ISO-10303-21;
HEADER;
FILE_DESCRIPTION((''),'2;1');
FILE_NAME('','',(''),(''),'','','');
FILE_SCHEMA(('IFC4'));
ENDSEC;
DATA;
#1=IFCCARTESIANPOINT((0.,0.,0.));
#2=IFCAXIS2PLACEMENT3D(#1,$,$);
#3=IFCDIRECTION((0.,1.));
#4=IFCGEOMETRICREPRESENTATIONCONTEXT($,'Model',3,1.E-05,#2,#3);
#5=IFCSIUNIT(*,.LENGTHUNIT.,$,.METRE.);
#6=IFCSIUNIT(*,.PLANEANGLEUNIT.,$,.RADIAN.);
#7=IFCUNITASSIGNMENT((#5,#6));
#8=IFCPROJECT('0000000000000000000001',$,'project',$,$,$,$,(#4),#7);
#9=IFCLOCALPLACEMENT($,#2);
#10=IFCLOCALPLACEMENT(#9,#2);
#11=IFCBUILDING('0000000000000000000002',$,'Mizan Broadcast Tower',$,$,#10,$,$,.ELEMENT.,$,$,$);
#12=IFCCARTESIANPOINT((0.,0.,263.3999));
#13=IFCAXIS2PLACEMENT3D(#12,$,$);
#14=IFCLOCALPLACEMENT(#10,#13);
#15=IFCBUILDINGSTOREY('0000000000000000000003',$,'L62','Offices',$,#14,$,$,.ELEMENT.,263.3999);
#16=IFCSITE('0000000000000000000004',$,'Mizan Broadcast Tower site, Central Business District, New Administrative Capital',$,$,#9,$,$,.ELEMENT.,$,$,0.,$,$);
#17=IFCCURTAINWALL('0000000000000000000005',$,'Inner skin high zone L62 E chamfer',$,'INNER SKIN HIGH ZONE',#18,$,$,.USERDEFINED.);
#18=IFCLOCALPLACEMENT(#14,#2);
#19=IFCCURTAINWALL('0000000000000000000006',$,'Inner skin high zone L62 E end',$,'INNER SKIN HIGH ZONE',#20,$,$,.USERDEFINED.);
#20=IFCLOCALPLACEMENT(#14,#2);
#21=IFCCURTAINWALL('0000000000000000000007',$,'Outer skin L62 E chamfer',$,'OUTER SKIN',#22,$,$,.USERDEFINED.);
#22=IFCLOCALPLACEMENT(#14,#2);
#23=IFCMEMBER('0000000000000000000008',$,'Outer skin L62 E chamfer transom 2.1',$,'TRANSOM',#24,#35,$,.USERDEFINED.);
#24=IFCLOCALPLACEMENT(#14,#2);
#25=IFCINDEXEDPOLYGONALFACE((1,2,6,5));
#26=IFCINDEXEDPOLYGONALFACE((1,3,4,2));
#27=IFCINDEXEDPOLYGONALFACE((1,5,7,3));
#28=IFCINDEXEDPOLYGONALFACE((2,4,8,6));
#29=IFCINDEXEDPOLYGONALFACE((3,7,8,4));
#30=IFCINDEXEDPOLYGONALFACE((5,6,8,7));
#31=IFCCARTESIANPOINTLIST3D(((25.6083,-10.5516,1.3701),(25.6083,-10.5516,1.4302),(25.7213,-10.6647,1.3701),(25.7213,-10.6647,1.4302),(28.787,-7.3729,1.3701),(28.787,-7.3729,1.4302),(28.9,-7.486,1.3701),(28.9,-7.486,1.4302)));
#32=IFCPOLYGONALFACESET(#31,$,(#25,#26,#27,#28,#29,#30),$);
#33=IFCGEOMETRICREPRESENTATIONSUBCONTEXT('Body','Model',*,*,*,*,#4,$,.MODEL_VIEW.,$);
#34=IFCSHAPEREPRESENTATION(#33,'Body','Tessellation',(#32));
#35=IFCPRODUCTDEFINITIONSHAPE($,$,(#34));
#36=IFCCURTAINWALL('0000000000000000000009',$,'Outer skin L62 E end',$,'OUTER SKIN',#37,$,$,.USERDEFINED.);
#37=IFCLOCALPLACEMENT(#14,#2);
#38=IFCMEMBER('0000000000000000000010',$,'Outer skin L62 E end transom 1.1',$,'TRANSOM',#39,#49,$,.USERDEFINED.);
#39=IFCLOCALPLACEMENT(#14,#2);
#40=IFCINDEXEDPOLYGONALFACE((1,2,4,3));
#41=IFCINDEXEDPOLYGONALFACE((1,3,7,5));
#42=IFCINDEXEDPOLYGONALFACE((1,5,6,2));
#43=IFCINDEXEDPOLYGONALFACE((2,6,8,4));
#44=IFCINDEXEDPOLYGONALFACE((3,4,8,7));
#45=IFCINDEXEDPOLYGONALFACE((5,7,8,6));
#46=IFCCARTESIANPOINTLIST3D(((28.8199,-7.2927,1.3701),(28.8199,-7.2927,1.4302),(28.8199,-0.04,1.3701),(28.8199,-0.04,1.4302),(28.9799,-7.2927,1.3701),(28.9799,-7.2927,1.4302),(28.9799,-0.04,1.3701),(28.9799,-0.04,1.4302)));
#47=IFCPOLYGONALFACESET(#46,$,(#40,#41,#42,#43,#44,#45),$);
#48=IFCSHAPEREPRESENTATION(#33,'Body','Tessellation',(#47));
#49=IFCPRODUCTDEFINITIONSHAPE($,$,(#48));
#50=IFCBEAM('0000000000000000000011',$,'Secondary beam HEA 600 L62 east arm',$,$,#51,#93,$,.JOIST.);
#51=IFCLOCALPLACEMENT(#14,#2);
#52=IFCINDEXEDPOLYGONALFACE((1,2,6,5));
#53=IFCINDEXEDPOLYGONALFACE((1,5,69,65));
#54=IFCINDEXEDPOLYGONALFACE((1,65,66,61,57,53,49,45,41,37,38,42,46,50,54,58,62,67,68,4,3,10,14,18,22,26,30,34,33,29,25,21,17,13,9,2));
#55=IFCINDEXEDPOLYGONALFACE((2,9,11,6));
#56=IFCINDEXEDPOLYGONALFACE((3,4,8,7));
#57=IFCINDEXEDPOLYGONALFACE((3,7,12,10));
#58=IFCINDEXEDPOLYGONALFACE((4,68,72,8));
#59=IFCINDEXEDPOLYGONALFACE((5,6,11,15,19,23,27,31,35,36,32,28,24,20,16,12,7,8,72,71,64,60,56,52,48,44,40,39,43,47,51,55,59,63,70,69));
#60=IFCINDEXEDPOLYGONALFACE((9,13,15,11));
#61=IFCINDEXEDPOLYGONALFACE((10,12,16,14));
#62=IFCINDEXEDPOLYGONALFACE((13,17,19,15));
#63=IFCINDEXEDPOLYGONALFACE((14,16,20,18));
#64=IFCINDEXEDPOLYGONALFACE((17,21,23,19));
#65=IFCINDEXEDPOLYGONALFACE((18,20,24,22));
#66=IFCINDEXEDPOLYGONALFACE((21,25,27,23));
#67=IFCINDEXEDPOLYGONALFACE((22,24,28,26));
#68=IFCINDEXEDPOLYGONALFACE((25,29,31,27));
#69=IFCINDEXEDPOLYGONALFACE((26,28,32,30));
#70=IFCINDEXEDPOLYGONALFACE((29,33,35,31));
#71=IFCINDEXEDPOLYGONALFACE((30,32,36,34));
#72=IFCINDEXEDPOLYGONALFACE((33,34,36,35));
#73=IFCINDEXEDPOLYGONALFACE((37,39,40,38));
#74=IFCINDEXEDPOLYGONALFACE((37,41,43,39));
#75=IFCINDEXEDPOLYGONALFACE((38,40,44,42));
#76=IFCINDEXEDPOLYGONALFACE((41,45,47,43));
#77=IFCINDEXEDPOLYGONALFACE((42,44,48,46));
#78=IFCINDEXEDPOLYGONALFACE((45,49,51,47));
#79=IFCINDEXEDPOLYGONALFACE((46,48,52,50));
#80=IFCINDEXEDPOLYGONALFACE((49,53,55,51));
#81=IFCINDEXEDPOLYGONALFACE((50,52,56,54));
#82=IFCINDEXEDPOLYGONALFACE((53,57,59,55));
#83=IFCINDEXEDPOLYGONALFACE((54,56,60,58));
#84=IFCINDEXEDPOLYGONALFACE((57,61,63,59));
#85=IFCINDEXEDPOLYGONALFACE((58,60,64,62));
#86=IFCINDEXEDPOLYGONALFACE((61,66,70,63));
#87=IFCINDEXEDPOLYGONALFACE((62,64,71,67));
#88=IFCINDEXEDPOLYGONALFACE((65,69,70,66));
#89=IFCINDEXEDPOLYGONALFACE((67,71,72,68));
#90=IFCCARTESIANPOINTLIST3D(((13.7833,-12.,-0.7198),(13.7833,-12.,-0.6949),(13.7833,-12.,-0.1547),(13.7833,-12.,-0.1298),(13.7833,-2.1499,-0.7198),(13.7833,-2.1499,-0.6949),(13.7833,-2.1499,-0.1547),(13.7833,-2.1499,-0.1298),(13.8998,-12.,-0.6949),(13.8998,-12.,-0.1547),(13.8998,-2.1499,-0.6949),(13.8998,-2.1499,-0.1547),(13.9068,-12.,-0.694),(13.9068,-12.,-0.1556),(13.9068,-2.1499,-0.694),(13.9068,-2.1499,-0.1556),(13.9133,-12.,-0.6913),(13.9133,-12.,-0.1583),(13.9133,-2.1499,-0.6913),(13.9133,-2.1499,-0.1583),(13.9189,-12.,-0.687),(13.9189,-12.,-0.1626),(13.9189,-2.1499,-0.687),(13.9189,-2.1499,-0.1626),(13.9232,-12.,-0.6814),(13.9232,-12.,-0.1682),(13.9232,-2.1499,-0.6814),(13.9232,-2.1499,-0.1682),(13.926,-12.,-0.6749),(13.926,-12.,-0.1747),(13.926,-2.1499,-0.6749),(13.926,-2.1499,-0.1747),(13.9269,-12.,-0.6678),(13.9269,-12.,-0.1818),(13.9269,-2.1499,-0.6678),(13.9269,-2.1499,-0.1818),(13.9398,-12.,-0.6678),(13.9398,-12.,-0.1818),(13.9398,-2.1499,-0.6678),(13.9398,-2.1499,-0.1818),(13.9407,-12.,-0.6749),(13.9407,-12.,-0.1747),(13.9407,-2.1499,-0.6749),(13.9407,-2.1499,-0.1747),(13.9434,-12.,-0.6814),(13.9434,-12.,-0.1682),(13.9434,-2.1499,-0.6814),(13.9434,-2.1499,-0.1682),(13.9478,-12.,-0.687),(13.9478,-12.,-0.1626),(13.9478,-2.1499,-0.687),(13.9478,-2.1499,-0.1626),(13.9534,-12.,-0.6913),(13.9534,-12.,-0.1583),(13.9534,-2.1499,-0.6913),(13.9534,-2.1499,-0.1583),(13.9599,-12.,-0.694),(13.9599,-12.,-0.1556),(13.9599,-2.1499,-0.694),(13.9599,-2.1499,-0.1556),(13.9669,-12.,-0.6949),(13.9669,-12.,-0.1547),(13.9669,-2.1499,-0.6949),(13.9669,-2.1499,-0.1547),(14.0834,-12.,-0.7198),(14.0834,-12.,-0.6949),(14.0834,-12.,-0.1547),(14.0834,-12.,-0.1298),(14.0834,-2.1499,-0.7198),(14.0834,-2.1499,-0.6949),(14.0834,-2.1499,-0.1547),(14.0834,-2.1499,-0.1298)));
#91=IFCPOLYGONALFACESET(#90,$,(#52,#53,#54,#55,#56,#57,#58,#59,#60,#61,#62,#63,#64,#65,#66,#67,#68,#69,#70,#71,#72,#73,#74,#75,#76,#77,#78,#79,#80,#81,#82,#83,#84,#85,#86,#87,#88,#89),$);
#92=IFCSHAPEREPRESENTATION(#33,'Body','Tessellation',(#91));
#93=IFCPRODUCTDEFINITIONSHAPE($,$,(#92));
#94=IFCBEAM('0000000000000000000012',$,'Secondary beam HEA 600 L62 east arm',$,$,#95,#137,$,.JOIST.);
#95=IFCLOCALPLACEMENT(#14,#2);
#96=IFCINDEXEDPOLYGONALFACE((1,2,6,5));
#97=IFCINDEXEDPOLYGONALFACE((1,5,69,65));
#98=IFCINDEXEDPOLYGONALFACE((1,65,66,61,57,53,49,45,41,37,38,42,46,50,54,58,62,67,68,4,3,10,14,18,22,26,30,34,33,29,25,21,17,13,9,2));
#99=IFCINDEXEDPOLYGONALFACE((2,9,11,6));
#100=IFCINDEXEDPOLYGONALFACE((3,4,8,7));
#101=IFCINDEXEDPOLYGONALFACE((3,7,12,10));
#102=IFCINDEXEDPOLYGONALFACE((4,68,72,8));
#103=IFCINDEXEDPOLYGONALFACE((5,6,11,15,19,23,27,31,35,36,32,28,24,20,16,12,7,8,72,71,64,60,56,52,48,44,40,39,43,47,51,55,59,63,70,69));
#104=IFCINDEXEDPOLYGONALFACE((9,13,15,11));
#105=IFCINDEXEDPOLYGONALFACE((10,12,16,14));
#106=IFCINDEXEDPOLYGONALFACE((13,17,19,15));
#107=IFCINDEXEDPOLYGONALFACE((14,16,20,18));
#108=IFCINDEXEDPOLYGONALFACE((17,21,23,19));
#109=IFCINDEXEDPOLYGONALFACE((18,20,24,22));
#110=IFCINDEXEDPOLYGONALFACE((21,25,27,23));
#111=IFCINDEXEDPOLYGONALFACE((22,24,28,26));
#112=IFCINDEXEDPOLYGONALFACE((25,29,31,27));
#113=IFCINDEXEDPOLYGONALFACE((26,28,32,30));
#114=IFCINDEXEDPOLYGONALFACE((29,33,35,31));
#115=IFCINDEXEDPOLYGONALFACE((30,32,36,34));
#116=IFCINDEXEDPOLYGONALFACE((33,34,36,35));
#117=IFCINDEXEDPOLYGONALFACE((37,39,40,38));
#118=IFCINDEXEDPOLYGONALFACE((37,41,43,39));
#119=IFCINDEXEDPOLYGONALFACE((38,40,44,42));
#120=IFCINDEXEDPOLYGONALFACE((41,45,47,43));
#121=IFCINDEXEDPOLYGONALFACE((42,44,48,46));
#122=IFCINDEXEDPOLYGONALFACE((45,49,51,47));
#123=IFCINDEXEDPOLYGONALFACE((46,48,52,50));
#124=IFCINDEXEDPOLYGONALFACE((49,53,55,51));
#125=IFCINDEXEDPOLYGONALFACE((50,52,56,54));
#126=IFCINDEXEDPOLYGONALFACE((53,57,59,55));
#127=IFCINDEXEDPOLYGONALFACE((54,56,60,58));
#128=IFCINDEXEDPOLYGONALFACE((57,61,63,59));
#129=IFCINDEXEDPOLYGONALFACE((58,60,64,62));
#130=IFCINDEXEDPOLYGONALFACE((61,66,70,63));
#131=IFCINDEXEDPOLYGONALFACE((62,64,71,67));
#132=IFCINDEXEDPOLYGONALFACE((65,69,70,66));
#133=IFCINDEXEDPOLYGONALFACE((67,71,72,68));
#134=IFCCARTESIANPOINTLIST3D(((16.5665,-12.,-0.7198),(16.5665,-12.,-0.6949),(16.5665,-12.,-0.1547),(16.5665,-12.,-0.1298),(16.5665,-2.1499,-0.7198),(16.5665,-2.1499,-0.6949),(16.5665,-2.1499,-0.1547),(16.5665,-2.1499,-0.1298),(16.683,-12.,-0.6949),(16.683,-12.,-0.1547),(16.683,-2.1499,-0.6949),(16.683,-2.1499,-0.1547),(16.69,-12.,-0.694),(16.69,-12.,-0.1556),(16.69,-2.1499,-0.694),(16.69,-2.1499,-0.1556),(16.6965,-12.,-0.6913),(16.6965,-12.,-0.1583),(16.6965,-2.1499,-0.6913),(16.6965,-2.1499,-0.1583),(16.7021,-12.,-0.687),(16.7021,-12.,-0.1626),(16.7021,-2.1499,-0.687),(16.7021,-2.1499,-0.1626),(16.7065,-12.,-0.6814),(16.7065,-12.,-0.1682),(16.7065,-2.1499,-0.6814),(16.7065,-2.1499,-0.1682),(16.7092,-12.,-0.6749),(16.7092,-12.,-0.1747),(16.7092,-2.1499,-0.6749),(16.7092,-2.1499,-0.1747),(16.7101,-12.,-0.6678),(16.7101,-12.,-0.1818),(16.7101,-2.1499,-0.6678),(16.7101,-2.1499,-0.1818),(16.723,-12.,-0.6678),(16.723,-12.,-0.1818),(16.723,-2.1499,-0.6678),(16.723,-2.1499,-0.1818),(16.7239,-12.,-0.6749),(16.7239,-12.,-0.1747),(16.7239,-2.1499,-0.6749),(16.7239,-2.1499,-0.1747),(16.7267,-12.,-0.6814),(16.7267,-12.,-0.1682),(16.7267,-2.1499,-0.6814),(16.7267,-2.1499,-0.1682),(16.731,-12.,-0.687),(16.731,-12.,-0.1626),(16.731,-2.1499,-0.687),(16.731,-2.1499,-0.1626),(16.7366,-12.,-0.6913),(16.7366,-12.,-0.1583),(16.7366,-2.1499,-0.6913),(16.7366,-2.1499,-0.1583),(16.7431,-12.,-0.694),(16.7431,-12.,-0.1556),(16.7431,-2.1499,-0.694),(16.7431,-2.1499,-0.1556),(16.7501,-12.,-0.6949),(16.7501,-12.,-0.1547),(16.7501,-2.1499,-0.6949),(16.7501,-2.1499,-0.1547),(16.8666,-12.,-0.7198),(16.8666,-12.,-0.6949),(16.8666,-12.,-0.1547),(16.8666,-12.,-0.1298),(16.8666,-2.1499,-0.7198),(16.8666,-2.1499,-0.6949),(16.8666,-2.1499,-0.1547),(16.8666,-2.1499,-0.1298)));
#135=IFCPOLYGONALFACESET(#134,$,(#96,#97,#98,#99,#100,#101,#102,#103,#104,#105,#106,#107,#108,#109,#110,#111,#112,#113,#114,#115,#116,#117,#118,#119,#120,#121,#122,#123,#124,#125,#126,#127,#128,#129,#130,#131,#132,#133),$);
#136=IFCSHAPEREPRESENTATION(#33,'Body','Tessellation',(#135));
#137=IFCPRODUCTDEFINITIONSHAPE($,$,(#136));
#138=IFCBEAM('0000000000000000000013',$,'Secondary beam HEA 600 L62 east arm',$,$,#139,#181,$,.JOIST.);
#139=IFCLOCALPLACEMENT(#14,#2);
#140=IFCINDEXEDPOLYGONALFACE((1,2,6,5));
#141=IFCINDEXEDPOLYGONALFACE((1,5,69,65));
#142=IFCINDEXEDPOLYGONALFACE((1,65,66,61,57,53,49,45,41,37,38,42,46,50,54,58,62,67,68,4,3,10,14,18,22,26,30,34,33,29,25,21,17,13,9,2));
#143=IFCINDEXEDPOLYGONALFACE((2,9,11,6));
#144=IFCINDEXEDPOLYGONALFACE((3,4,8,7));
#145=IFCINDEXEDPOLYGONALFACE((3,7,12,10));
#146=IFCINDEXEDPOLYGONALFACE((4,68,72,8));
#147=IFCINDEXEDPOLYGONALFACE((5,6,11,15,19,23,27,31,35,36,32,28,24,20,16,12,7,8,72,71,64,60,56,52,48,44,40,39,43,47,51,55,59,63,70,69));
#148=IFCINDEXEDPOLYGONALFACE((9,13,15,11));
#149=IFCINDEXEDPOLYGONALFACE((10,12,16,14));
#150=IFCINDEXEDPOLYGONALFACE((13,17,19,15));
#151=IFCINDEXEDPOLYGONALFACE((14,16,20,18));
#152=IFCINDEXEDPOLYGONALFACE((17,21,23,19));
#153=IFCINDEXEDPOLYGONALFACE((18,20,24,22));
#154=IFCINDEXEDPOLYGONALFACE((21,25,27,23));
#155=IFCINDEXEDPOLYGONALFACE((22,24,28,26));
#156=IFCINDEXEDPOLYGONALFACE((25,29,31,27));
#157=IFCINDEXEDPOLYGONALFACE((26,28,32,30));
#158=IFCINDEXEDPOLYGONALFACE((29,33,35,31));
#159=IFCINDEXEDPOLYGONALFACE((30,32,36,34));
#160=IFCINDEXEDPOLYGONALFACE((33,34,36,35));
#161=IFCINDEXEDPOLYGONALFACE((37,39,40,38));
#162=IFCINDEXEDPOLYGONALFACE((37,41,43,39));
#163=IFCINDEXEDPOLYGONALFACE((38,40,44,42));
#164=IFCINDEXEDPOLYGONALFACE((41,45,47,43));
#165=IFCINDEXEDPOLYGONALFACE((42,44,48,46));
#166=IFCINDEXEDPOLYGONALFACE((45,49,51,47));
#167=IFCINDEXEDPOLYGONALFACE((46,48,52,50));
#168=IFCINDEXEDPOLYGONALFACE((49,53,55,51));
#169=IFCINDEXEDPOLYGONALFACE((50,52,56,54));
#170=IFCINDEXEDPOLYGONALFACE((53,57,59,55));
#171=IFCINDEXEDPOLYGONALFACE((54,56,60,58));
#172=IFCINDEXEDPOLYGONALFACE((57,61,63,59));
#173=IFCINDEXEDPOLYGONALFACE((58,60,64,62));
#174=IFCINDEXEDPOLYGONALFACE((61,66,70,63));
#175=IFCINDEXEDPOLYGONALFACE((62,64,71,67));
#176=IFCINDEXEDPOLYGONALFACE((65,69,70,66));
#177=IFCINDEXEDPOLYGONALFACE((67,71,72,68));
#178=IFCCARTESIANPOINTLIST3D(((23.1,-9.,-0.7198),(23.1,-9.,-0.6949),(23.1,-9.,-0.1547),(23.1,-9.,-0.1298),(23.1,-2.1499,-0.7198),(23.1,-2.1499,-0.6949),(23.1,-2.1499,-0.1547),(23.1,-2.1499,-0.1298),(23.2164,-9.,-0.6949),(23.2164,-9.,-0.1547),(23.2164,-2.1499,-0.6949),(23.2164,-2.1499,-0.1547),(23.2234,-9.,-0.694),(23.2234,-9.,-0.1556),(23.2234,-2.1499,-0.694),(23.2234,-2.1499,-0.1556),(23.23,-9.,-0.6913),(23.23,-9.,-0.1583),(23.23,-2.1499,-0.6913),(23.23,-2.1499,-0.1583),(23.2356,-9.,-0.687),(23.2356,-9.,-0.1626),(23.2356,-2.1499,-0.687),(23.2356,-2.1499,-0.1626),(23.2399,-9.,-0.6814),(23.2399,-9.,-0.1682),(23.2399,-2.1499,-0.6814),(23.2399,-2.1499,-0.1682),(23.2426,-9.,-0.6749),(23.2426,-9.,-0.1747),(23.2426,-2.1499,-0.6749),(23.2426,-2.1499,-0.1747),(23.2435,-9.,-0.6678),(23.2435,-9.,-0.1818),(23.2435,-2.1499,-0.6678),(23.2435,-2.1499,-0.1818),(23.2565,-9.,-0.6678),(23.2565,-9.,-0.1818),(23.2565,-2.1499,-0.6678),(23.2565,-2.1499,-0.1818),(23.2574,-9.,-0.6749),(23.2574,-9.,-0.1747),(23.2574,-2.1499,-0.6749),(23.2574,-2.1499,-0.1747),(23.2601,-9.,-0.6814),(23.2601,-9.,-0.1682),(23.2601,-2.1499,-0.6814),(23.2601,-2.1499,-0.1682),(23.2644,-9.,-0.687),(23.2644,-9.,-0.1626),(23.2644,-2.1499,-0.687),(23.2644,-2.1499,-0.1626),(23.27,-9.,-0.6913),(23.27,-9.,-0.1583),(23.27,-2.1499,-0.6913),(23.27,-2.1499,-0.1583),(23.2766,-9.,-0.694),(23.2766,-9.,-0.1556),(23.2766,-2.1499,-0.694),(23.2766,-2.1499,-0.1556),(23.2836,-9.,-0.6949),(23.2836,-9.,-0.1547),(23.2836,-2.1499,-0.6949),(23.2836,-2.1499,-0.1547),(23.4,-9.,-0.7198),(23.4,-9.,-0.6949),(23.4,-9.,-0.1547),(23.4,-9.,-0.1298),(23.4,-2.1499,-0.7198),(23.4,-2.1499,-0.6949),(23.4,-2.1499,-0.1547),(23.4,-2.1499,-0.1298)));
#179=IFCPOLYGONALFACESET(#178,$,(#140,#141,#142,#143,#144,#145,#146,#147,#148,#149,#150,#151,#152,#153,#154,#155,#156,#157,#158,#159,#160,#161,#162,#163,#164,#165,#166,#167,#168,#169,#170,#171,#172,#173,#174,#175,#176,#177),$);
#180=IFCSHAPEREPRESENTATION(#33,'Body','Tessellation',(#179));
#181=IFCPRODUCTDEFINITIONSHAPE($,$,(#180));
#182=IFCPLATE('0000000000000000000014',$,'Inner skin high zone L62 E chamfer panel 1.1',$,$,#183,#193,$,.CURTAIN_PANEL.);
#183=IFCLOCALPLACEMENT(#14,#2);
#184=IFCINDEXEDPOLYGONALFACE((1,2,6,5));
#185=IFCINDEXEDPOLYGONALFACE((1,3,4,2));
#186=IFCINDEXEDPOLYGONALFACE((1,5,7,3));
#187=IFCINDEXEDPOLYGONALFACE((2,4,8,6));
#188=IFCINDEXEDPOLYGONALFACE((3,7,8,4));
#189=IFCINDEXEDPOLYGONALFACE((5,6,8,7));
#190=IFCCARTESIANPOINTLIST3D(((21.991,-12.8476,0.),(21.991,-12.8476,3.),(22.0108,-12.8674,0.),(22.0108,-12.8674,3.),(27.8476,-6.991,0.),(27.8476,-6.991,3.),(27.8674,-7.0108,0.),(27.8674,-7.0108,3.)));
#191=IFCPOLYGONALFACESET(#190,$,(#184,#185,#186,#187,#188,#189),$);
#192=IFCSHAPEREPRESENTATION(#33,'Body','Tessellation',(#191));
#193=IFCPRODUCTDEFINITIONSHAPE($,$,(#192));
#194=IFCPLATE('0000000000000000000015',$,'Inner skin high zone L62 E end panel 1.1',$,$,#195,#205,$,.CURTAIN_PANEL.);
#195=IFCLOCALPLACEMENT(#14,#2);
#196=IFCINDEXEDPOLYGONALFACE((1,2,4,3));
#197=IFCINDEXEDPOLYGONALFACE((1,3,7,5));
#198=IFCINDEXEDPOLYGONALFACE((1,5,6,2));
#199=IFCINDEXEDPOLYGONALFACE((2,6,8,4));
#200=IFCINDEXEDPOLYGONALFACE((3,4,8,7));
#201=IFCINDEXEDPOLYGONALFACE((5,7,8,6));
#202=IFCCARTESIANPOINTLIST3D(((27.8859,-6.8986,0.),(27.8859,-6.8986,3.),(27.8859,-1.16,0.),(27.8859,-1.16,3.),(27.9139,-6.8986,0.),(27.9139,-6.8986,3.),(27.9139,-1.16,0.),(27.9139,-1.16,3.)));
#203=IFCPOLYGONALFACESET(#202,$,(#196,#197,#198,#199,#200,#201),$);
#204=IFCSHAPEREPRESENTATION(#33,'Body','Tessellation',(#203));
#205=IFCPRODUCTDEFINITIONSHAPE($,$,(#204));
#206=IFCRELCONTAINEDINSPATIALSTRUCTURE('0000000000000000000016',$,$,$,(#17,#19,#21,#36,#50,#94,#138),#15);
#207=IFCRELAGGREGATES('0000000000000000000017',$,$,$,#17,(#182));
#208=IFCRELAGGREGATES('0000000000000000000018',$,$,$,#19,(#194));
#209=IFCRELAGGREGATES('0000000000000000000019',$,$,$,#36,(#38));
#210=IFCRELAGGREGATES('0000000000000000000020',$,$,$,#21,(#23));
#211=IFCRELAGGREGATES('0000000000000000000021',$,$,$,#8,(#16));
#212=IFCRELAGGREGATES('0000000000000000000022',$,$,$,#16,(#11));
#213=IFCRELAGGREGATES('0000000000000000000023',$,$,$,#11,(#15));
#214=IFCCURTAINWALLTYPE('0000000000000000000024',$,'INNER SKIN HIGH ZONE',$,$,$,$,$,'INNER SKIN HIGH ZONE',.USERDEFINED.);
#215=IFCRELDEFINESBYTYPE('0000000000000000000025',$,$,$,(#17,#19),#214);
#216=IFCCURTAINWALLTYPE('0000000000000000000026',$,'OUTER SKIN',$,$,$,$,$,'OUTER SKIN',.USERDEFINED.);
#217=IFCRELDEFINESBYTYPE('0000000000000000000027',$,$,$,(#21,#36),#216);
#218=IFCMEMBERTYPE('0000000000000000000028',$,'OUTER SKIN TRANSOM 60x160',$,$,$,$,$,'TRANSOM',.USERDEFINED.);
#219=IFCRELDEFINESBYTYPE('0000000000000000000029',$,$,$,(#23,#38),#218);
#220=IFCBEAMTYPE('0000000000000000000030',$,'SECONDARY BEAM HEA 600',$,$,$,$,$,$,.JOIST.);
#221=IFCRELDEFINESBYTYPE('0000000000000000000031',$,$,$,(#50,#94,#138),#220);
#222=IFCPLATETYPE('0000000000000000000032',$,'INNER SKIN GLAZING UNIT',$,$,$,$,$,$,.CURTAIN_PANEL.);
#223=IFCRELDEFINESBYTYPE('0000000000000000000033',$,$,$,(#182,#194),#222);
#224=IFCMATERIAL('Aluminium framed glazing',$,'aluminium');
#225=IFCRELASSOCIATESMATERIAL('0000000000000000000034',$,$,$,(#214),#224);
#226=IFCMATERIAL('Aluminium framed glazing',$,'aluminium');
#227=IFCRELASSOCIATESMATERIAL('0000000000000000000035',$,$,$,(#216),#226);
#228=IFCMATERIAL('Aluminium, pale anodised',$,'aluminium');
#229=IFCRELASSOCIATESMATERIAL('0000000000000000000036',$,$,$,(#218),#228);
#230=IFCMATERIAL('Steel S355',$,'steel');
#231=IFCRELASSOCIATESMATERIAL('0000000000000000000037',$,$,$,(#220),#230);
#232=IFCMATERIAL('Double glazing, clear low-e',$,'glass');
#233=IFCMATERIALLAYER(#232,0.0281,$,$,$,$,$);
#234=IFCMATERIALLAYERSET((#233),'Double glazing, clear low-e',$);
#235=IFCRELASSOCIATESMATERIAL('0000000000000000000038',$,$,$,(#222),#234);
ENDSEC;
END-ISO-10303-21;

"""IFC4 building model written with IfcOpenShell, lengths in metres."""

from ifc_helpers import new_model, si_unit, direction, frame, origin, origin_2d, place, context, subcontext, project, spatial, rectangle, i_section, extrude, material, layer, layer_set, material_profile, profile_set, type_object, element, aggregate, save


model = new_model("IFC4")

# Units and contexts
model_context = context("Model", 3, precision=1e-05, world=origin(), true_north=direction((0.0, 1.0)))
body_context = subcontext(model_context, "Body", "Model", "MODEL_VIEW")
ifc_project = project(units=[si_unit("LENGTHUNIT", "METRE"), si_unit("PLANEANGLEUNIT", "RADIAN")], contexts=[model_context])

# Site, building, storey
site_placement = place(None, origin())
site = spatial("IfcSite", under=ifc_project, at=site_placement, Name="Mizan Broadcast Tower site, Central Business District, New Administrative Capital", CompositionType="ELEMENT", RefElevation=0.0)
building_placement = place(site_placement, origin())
building = spatial("IfcBuilding", under=site, at=building_placement, Name="Mizan Broadcast Tower", CompositionType="ELEMENT")
storey_placement = place(building_placement, frame((0.0, 0.0, 263.3999)))
storey = spatial("IfcBuildingStorey", under=building, at=storey_placement, Name="L62", Description="Offices", CompositionType="ELEMENT", Elevation=263.3999)

# Curtain wall
ifc_material_1 = material(Name="Aluminium framed glazing", Category="aluminium")
curtain_wall_type_1 = type_object("IfcCurtainWallType", Name="INNER SKIN HIGH ZONE", ElementType="INNER SKIN HIGH ZONE", PredefinedType="USERDEFINED", material=ifc_material_1)
curtain_wall_1_placement = place(storey_placement, origin())
curtain_wall_1 = element("IfcCurtainWall", 1, at=curtain_wall_1_placement, inside=storey, type_object=curtain_wall_type_1, Name="Inner skin high zone L62 E chamfer", ObjectType="INNER SKIN HIGH ZONE", PredefinedType="USERDEFINED")

# Curtain walls, member
curtain_wall_2_placement = place(storey_placement, origin())
curtain_wall_2 = element("IfcCurtainWall", 2, at=curtain_wall_2_placement, inside=storey, type_object=curtain_wall_type_1, Name="Inner skin high zone L62 E end", ObjectType="INNER SKIN HIGH ZONE", PredefinedType="USERDEFINED")
ifc_material_2 = material(Name="Aluminium framed glazing", Category="aluminium")
curtain_wall_type_2 = type_object("IfcCurtainWallType", Name="OUTER SKIN", ElementType="OUTER SKIN", PredefinedType="USERDEFINED", material=ifc_material_2)
curtain_wall_3_placement = place(storey_placement, origin())
curtain_wall_3 = element("IfcCurtainWall", 3, at=curtain_wall_3_placement, inside=storey, type_object=curtain_wall_type_2, Name="Outer skin L62 E chamfer", ObjectType="OUTER SKIN", PredefinedType="USERDEFINED")
ifc_material_3 = material(Name="Aluminium, pale anodised", Category="aluminium")
ifc_material_profile_1 = material_profile(ifc_material_3, rectangle(XDim=0.1599, YDim=0.0601, at=origin_2d()), Name="TRANSOM 160x60")
ifc_profile_set_1 = profile_set([ifc_material_profile_1], Name="Aluminium, pale anodised")
member_type_1 = type_object("IfcMemberType", Name="OUTER SKIN TRANSOM 60x160", ElementType="TRANSOM", PredefinedType="USERDEFINED", material=ifc_profile_set_1)
member_1_placement = place(storey_placement, frame((25.6648, -10.6082, 1.4001), z_axis=(0.707107, 0.707107, 0.0), x_axis=(-0.707107, 0.707107, 0.0)))
member_1 = element("IfcMember", 4, at=member_1_placement, type_object=member_type_1, Name="Outer skin L62 E chamfer transom 2.1", ObjectType="TRANSOM", PredefinedType="USERDEFINED", context=body_context, shape_type="SweptSolid", body=[
    extrude(rectangle(XDim=0.1599, YDim=0.0601, at=origin_2d()), origin(), (0.0, 0.0, 1.0), 4.4954),
])

# Curtain wall, member
curtain_wall_4_placement = place(storey_placement, origin())
curtain_wall_4 = element("IfcCurtainWall", 5, at=curtain_wall_4_placement, inside=storey, type_object=curtain_wall_type_2, Name="Outer skin L62 E end", ObjectType="OUTER SKIN", PredefinedType="USERDEFINED")
member_2_placement = place(storey_placement, frame((28.8999, -7.2927, 1.4001), z_axis=(0.0, 1.0, 0.0), x_axis=(-1.0, 0.0, 0.0)))
member_2 = element("IfcMember", 6, at=member_2_placement, type_object=member_type_1, Name="Outer skin L62 E end transom 1.1", ObjectType="TRANSOM", PredefinedType="USERDEFINED", context=body_context, shape_type="SweptSolid", body=[
    extrude(rectangle(XDim=0.1599, YDim=0.0601, at=origin_2d()), origin(), (0.0, 0.0, 1.0), 7.2527),
])

# Beams
ifc_material_4 = material(Name="Steel S355", Category="steel")
ifc_material_profile_2 = material_profile(ifc_material_4, i_section(OverallWidth=0.3, OverallDepth=0.5901, WebThickness=0.0129, FlangeThickness=0.0249, FilletRadius=0.0271, at=origin_2d()), Name="HEA 600")
ifc_profile_set_2 = profile_set([ifc_material_profile_2], Name="Steel S355")
beam_type_1 = type_object("IfcBeamType", Name="SECONDARY BEAM HEA 600", PredefinedType="JOIST", material=ifc_profile_set_2)
for number, where, z_axis, x_axis, name in (
    (7, (13.9333, -12.0, -0.4248), (0.0, 1.0, 0.0), (-1.0, 0.0, 0.0), "Secondary beam HEA 600 L62 east arm"),
    (8, (16.7166, -12.0, -0.4248), (0.0, 1.0, 0.0), (-1.0, 0.0, 0.0), "Secondary beam HEA 600 L62 east arm"),
):
    element("IfcBeam", number, at=place(storey_placement, frame(where, z_axis=z_axis, x_axis=x_axis)), inside=storey, type_object=beam_type_1, Name=name, PredefinedType="JOIST", context=body_context, shape_type="SweptSolid", body=[
        extrude(i_section(OverallWidth=0.3, OverallDepth=0.5901, WebThickness=0.0129, FlangeThickness=0.0249, FilletRadius=0.0271, at=origin_2d()), origin(), (0.0, 0.0, 1.0), 9.8501),
    ])
beam_1_placement = place(storey_placement, frame((23.25, -9.0, -0.4248), z_axis=(0.0, 1.0, 0.0), x_axis=(-1.0, 0.0, 0.0)))
element("IfcBeam", 9, at=beam_1_placement, inside=storey, type_object=beam_type_1, Name="Secondary beam HEA 600 L62 east arm", PredefinedType="JOIST", context=body_context, shape_type="SweptSolid", body=[
    extrude(i_section(OverallWidth=0.3, OverallDepth=0.5901, WebThickness=0.0129, FlangeThickness=0.0249, FilletRadius=0.0271, at=origin_2d()), origin(), (0.0, 0.0, 1.0), 6.8501),
])

# Plates
ifc_material_5 = material(Name="Double glazing, clear low-e", Category="glass")
ifc_layer_1 = layer(ifc_material_5, 0.0281)
ifc_layer_set_1 = layer_set([ifc_layer_1], Name="Double glazing, clear low-e")
plate_type_1 = type_object("IfcPlateType", Name="INNER SKIN GLAZING UNIT", PredefinedType="CURTAIN_PANEL", material=ifc_layer_set_1)
plate_1_placement = place(storey_placement, frame((24.9292, -9.9292, 0.0), z_axis=(0.0, 0.0, 1.0), x_axis=(0.707107, 0.707107, 0.0)))
plate_1 = element("IfcPlate", 10, at=plate_1_placement, type_object=plate_type_1, Name="Inner skin high zone L62 E chamfer panel 1.1", PredefinedType="CURTAIN_PANEL", context=body_context, shape_type="SweptSolid", body=[
    extrude(rectangle(XDim=8.2825, YDim=0.0281, at=origin_2d()), origin(), (0.0, 0.0, 1.0), 3.0),
])
plate_2_placement = place(storey_placement, frame((27.8999, -4.0293, 0.0), z_axis=(0.0, 0.0, 1.0), x_axis=(0.0, 1.0, 0.0)))
plate_2 = element("IfcPlate", 11, at=plate_2_placement, type_object=plate_type_1, Name="Inner skin high zone L62 E end panel 1.1", PredefinedType="CURTAIN_PANEL", context=body_context, shape_type="SweptSolid", body=[
    extrude(rectangle(XDim=5.7385, YDim=0.0281, at=origin_2d()), origin(), (0.0, 0.0, 1.0), 3.0),
])
aggregate(curtain_wall_1, [plate_1])
aggregate(curtain_wall_2, [plate_2])
aggregate(curtain_wall_4, [member_2])
aggregate(curtain_wall_3, [member_1])

save(model, "model.ifc")
